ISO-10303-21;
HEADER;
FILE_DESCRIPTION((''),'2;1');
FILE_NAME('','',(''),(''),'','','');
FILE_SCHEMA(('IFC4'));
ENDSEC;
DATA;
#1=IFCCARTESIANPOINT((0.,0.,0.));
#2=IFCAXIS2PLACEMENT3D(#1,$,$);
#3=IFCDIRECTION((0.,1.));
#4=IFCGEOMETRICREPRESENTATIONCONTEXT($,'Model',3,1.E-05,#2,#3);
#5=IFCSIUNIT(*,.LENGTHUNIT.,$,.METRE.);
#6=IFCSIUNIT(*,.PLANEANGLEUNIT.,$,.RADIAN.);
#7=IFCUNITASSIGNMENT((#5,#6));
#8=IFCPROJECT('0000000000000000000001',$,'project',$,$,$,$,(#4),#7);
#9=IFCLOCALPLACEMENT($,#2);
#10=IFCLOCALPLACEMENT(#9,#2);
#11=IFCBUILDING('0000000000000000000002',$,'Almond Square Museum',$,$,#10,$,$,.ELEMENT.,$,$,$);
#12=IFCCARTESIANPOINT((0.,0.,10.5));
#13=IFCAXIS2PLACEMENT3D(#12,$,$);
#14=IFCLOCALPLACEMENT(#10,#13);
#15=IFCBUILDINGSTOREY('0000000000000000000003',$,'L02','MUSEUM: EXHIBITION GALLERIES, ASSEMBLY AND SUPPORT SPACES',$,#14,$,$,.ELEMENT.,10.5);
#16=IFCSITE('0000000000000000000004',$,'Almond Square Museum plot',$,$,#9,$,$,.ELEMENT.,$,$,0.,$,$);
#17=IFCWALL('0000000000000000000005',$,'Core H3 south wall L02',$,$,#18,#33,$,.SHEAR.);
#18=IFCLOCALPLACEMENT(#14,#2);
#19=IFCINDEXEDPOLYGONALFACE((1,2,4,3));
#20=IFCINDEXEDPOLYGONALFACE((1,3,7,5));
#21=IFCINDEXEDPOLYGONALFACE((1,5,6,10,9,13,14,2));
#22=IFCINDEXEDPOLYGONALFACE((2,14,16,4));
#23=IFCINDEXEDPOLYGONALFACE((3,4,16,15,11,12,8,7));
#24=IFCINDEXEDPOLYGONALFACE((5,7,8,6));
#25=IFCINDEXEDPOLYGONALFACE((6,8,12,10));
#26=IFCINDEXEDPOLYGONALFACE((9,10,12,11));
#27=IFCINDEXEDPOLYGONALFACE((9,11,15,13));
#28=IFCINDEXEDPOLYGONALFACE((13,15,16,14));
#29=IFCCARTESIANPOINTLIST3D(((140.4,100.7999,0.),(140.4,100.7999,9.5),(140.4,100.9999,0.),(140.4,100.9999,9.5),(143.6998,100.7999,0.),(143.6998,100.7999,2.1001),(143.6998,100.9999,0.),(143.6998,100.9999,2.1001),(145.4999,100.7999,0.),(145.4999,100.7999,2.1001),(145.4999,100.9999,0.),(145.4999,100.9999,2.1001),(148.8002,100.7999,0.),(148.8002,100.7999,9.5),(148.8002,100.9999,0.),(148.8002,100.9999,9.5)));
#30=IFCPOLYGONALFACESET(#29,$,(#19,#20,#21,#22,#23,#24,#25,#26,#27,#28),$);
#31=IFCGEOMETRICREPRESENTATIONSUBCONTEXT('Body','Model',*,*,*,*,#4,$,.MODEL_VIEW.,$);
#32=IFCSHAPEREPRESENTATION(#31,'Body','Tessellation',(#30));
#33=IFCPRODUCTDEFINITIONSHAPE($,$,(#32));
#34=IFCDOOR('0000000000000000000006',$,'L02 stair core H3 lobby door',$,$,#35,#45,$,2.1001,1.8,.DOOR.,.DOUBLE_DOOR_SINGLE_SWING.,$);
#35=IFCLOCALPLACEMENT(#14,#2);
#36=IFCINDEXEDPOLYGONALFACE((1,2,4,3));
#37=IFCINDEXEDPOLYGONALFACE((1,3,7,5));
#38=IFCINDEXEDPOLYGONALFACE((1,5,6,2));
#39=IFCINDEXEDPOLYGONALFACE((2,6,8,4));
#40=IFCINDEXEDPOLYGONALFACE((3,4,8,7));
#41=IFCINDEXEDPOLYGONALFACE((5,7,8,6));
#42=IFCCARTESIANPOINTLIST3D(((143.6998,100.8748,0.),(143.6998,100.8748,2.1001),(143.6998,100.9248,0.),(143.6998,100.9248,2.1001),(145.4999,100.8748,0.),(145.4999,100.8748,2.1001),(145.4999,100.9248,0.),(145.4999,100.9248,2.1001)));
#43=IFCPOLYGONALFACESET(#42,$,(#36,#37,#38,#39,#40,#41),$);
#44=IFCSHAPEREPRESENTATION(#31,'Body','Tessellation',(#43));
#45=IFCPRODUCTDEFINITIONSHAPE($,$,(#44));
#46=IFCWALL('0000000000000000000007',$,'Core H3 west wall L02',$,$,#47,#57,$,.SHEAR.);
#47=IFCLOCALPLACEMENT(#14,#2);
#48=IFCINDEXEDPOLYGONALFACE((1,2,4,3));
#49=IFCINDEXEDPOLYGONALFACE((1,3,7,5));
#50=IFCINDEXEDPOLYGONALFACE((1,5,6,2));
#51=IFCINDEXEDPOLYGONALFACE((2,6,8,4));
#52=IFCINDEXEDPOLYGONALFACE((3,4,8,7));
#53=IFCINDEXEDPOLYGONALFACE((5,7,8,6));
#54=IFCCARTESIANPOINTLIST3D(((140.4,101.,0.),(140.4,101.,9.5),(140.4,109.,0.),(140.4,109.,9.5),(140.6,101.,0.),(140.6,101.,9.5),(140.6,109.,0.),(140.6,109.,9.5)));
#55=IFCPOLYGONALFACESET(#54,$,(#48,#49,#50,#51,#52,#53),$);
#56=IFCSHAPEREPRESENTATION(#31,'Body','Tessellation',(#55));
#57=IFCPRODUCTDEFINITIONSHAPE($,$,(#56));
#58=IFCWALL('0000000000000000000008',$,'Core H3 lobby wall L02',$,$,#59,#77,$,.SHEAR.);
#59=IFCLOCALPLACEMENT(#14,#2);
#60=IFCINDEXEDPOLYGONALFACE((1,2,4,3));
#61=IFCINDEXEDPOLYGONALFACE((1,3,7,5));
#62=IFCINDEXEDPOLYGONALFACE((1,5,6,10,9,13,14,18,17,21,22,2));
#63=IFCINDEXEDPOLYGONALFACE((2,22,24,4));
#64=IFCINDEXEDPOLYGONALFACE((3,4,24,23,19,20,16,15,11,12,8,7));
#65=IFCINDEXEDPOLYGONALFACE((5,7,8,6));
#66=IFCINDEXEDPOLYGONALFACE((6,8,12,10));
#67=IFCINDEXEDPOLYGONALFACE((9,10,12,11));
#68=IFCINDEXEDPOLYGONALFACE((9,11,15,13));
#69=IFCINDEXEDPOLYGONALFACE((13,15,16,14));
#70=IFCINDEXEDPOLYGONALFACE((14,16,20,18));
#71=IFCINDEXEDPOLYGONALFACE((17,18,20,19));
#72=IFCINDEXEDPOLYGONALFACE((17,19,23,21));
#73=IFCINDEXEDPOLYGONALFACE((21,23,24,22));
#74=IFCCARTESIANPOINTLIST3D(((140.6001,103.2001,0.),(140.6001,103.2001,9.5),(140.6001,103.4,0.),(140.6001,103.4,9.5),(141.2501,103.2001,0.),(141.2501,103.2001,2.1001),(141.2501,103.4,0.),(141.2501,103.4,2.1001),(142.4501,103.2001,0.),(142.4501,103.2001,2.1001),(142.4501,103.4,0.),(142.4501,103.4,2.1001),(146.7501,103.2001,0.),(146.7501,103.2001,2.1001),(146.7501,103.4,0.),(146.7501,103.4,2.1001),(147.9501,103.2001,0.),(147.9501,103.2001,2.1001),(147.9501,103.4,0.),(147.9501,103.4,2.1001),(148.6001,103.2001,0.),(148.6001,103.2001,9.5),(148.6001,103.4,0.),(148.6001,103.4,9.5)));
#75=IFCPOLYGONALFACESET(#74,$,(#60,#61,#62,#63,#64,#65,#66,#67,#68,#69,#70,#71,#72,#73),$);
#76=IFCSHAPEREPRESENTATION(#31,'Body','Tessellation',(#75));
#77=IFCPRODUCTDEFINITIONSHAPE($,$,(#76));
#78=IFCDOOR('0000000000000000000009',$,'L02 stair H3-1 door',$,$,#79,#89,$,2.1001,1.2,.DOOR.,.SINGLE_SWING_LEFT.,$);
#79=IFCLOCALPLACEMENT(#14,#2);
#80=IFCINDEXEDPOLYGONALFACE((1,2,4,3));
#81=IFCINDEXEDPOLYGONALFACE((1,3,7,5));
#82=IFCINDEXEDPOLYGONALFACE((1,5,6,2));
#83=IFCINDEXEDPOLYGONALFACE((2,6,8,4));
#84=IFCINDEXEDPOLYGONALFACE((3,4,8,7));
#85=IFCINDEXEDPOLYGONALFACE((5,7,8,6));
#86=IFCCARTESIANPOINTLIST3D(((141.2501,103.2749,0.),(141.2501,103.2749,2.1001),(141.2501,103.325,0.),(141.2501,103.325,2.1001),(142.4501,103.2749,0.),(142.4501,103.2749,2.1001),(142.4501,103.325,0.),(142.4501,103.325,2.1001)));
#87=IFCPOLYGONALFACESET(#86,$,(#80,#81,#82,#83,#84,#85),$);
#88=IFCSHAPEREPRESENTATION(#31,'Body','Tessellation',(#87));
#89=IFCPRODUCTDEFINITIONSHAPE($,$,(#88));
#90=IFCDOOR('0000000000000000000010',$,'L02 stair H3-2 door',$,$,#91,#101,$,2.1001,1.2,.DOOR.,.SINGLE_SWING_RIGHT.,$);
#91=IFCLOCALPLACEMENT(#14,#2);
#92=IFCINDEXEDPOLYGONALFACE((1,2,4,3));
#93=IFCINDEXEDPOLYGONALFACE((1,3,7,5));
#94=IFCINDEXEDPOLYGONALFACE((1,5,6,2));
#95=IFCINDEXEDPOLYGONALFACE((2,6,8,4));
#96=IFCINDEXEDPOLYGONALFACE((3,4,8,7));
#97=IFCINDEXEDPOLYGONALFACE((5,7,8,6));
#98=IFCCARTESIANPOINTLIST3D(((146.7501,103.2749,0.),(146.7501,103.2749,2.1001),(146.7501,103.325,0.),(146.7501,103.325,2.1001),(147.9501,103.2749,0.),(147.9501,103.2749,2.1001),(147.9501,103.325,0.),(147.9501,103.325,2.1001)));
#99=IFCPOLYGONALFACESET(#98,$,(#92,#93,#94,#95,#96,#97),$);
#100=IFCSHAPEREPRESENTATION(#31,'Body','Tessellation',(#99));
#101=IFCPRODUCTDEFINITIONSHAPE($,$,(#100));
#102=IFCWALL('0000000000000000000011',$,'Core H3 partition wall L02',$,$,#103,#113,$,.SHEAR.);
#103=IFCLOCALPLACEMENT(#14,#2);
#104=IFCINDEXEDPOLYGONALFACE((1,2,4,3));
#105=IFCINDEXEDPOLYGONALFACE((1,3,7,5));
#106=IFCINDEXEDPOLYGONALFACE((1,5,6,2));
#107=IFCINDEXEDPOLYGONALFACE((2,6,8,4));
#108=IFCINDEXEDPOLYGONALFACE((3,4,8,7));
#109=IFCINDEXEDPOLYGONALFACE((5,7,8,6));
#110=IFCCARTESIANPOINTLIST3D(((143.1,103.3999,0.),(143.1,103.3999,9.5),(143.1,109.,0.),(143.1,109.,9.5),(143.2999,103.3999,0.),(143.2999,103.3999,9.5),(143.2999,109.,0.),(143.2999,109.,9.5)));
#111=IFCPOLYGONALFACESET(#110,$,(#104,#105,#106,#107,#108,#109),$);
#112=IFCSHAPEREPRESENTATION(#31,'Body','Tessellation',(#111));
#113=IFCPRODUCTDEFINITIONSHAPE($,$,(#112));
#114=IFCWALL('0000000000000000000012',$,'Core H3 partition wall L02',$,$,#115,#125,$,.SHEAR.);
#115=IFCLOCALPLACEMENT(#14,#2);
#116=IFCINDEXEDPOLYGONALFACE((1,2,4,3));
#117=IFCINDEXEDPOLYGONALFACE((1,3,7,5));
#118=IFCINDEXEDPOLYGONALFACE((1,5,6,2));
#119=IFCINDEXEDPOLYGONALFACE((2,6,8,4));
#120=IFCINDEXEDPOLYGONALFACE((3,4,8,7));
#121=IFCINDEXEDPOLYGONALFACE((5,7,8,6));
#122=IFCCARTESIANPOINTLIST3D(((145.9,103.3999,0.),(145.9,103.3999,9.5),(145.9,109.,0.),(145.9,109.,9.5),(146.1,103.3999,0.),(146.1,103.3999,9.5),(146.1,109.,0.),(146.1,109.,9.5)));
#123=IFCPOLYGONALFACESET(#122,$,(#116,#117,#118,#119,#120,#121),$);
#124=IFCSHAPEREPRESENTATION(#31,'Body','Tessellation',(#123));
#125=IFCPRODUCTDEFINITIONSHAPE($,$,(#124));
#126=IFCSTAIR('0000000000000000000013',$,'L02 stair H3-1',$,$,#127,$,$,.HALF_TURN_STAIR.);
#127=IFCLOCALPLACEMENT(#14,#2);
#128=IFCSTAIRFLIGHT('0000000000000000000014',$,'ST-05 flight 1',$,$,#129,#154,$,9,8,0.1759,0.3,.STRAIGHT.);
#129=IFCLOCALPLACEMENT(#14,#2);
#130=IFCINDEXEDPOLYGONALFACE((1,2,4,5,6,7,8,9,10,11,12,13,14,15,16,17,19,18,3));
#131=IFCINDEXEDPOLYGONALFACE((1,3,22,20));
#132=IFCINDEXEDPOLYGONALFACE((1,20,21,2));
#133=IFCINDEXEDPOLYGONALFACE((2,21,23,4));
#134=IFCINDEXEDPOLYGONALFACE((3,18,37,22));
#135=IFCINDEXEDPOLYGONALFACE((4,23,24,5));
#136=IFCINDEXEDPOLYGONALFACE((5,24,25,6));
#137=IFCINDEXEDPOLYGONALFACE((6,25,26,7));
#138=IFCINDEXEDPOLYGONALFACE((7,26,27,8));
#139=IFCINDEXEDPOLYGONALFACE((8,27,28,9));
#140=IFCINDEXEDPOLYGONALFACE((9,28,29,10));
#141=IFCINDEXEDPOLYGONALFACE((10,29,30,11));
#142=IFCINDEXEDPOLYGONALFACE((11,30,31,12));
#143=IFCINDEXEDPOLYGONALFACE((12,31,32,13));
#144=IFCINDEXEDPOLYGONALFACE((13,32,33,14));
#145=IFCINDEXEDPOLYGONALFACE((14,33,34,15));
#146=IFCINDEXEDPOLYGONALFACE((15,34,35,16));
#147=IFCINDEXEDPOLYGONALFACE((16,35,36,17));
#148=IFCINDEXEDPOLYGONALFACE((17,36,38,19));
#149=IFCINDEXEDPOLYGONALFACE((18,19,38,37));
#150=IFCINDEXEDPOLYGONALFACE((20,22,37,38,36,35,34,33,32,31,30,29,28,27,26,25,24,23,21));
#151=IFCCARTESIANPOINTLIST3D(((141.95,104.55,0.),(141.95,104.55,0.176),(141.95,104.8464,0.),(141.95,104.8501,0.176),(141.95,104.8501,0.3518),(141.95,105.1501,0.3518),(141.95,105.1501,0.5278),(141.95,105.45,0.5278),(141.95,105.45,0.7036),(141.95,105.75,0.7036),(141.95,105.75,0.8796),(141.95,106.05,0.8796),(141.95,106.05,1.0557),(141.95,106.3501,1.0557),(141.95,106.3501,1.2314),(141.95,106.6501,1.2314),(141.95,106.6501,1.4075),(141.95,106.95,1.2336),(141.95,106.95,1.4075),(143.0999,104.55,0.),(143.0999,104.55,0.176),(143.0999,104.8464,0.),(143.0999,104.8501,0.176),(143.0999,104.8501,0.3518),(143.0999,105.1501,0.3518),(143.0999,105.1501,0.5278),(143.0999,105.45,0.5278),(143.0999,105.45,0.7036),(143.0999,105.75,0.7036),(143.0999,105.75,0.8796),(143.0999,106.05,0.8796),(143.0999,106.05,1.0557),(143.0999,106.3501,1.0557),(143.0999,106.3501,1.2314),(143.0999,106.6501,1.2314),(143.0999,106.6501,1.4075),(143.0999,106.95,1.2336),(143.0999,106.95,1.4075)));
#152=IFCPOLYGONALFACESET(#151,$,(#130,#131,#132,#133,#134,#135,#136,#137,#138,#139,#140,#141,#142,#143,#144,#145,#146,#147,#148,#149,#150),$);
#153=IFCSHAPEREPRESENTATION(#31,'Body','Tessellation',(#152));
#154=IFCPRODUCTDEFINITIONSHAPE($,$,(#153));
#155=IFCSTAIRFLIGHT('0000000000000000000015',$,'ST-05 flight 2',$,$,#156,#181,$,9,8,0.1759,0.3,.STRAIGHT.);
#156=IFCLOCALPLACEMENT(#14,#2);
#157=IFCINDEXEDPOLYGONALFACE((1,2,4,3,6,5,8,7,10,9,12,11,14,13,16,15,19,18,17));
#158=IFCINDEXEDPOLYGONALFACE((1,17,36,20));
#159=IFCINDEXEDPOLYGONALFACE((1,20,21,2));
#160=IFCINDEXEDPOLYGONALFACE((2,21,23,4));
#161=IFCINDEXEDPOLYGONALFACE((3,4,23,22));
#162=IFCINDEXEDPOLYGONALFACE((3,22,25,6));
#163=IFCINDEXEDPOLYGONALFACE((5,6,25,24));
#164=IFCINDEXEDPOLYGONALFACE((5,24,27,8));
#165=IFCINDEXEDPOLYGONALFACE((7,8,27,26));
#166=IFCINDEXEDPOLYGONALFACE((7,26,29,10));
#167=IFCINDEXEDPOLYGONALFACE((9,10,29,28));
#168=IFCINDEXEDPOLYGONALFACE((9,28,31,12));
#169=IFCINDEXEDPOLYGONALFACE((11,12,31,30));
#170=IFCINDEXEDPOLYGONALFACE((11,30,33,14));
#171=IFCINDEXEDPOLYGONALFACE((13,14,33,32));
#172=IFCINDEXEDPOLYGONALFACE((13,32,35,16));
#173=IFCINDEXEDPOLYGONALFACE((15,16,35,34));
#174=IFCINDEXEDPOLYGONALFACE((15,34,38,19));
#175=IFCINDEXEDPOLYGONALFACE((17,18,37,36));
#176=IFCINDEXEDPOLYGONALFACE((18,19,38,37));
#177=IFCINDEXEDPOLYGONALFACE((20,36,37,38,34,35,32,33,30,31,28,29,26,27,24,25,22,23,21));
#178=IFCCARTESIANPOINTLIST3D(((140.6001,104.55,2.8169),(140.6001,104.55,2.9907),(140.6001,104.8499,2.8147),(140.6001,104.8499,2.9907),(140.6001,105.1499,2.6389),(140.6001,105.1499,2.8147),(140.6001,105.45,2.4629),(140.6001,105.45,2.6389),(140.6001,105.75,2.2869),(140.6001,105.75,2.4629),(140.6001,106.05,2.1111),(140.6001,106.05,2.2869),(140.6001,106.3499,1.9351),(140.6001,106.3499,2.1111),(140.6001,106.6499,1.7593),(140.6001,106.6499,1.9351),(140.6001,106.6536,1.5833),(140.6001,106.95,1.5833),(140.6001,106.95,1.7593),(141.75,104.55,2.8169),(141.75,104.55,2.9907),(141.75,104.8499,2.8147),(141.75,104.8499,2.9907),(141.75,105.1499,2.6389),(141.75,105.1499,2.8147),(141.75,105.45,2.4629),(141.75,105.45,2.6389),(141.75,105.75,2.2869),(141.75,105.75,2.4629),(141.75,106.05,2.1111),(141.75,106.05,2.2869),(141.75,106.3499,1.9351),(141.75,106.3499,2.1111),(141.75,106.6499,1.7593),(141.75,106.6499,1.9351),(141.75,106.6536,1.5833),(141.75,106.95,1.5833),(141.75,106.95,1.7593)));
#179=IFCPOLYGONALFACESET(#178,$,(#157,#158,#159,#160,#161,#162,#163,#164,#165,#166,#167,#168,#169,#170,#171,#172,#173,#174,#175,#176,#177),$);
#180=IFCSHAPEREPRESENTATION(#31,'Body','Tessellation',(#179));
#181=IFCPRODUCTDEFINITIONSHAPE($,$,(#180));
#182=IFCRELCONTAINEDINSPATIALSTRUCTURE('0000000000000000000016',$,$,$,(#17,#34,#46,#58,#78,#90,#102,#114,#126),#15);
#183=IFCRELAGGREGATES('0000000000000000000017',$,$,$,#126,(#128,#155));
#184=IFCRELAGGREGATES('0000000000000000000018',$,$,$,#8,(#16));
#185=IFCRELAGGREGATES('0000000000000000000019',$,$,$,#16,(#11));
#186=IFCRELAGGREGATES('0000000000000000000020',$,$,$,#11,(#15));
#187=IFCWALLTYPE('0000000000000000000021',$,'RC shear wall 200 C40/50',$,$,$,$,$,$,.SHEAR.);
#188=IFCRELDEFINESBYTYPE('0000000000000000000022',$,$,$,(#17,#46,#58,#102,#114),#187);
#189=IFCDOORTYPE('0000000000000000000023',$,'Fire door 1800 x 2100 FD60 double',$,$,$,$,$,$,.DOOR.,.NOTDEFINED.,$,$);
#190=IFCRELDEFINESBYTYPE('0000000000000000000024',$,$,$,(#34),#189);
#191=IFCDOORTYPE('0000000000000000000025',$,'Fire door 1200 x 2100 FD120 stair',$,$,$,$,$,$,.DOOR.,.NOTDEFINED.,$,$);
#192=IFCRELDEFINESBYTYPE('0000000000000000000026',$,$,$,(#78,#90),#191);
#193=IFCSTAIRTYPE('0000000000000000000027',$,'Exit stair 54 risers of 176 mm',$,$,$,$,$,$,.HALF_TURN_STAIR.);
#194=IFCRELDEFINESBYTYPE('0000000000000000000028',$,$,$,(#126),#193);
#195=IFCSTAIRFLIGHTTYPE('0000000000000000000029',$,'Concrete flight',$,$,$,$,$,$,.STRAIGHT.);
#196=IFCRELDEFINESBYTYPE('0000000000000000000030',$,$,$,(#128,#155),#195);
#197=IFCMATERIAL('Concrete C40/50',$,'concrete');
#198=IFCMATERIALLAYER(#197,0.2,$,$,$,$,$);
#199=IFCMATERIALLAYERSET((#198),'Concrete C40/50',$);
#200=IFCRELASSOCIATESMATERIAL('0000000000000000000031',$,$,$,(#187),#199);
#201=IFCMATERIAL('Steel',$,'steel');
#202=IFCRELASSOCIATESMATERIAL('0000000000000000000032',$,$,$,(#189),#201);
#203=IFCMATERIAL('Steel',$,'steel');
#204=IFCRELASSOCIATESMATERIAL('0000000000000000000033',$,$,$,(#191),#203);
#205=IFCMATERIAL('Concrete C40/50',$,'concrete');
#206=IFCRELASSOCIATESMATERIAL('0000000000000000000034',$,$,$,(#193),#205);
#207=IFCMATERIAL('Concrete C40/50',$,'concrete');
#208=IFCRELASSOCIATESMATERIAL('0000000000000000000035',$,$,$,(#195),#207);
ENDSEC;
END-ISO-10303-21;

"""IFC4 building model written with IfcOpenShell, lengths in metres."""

from ifc_helpers import new_model, si_unit, direction, frame, frame_2d, origin, place, context, subcontext, project, spatial, polyline, rectangle, outline, extrude, material, layer, layer_set, type_object, element, fill, aggregate, save


model = new_model("IFC4")

# Units and contexts
model_context = context("Model", 3, precision=1e-05, world=origin(), true_north=direction((0.0, 1.0)))
body_context = subcontext(model_context, "Body", "Model", "MODEL_VIEW")
ifc_project = project(units=[si_unit("LENGTHUNIT", "METRE"), si_unit("PLANEANGLEUNIT", "RADIAN")], contexts=[model_context])

# Site, building, storey
site_placement = place(None, origin())
site = spatial("IfcSite", under=ifc_project, at=site_placement, Name="Almond Square Museum plot", CompositionType="ELEMENT", RefElevation=0.0)
building_placement = place(site_placement, origin())
building = spatial("IfcBuilding", under=site, at=building_placement, Name="Almond Square Museum", CompositionType="ELEMENT")
storey_placement = place(building_placement, frame((0.0, 0.0, 10.5)))
storey = spatial("IfcBuildingStorey", under=building, at=storey_placement, Name="L02", Description="MUSEUM: EXHIBITION GALLERIES, ASSEMBLY AND SUPPORT SPACES", CompositionType="ELEMENT", Elevation=10.5)

# Wall, opening, door
ifc_material_1 = material(Name="Concrete C40/50", Category="concrete")
ifc_layer = layer(ifc_material_1, 0.2)
ifc_layer_set = layer_set([ifc_layer], Name="Concrete C40/50")
wall_type = type_object("IfcWallType", Name="RC shear wall 200 C40/50", PredefinedType="SHEAR", material=ifc_layer_set)
wall_1_placement = place(storey_placement, frame((140.3999, 100.8999, 0.0), z_axis=(0.0, 0.0, 1.0), x_axis=(1.0, 0.0, 0.0)))
wall_1 = element("IfcWall", 1, at=wall_1_placement, inside=storey, type_object=wall_type, Name="Core H3 south wall L02", PredefinedType="SHEAR", context=body_context, shape_type="SweptSolid", body=[
    extrude(rectangle(XDim=8.4001, YDim=0.2, at=frame_2d((4.2002, 0.0))), origin(), (0.0, 0.0, 1.0), 9.5),
])
opening_1_placement = place(wall_1_placement, frame((3.3, 0.0, 0.0)))
opening_1 = element("IfcOpeningElement", 2, at=opening_1_placement, cuts=wall_1, PredefinedType="OPENING", context=body_context, shape_type="SweptSolid", body=[
    extrude(rectangle(XDim=1.8, YDim=2.1001, at=frame_2d((0.8999, 1.05))), frame((0.0, 0.1099, 0.0), z_axis=(0.0, -1.0, 0.0), x_axis=(1.0, 0.0, 0.0)), (0.0, 0.0, 1.0), 0.22),
])
ifc_material_2 = material(Name="Steel", Category="steel")
door_type_1 = type_object("IfcDoorType", Name="Fire door 1800 x 2100 FD60 double", OperationType="NOTDEFINED", PredefinedType="DOOR", material=ifc_material_2)
door_1_placement = place(opening_1_placement, origin())
door_1 = element("IfcDoor", 3, at=door_1_placement, inside=storey, type_object=door_type_1, Name="L02 stair core H3 lobby door", OperationType="DOUBLE_DOOR_SINGLE_SWING", OverallHeight=2.1001, OverallWidth=1.8, PredefinedType="DOOR", context=body_context, shape_type="SweptSolid", body=[
    extrude(rectangle(XDim=1.8, YDim=2.1001, at=frame_2d((0.8999, 1.05))), frame((0.0, 0.0249, 0.0), z_axis=(0.0, -1.0, 0.0), x_axis=(1.0, 0.0, 0.0)), (0.0, 0.0, 1.0), 0.05),
])
fill(opening_1, door_1)

# Wall
wall_2_placement = place(storey_placement, frame((140.5, 101.0, 0.0), z_axis=(0.0, 0.0, 1.0), x_axis=(0.0, 1.0, 0.0)))
element("IfcWall", 4, at=wall_2_placement, inside=storey, type_object=wall_type, Name="Core H3 west wall L02", PredefinedType="SHEAR", context=body_context, shape_type="SweptSolid", body=[
    extrude(rectangle(XDim=8.0, YDim=0.2, at=frame_2d((4.0, 0.0))), origin(), (0.0, 0.0, 1.0), 9.5),
])

# Wall, openings, doors
wall_3_placement = place(storey_placement, frame((140.6001, 103.3, 0.0), z_axis=(0.0, 0.0, 1.0), x_axis=(1.0, 0.0, 0.0)))
wall_3 = element("IfcWall", 5, at=wall_3_placement, inside=storey, type_object=wall_type, Name="Core H3 lobby wall L02", PredefinedType="SHEAR", context=body_context, shape_type="SweptSolid", body=[
    extrude(rectangle(XDim=8.0, YDim=0.2, at=frame_2d((4.0, 0.0))), origin(), (0.0, 0.0, 1.0), 9.5),
])
opening_2_placement = place(wall_3_placement, frame((0.6499, 0.0, 0.0)))
opening_2 = element("IfcOpeningElement", 6, at=opening_2_placement, cuts=wall_3, PredefinedType="OPENING", context=body_context, shape_type="SweptSolid", body=[
    extrude(rectangle(XDim=1.2, YDim=2.1001, at=frame_2d((0.6001, 1.05))), frame((0.0, 0.1099, 0.0), z_axis=(0.0, -1.0, 0.0), x_axis=(1.0, 0.0, 0.0)), (0.0, 0.0, 1.0), 0.22),
])
opening_3_placement = place(wall_3_placement, frame((6.1499, 0.0, 0.0)))
opening_3 = element("IfcOpeningElement", 7, at=opening_3_placement, cuts=wall_3, PredefinedType="OPENING", context=body_context, shape_type="SweptSolid", body=[
    extrude(rectangle(XDim=1.2, YDim=2.1001, at=frame_2d((0.6001, 1.05))), frame((0.0, 0.1099, 0.0), z_axis=(0.0, -1.0, 0.0), x_axis=(1.0, 0.0, 0.0)), (0.0, 0.0, 1.0), 0.22),
])
ifc_material_3 = material(Name="Steel", Category="steel")
door_type_2 = type_object("IfcDoorType", Name="Fire door 1200 x 2100 FD120 stair", OperationType="NOTDEFINED", PredefinedType="DOOR", material=ifc_material_3)
door_2_placement = place(opening_2_placement, origin())
door_2 = element("IfcDoor", 8, at=door_2_placement, inside=storey, type_object=door_type_2, Name="L02 stair H3-1 door", OperationType="SINGLE_SWING_LEFT", OverallHeight=2.1001, OverallWidth=1.2, PredefinedType="DOOR", context=body_context, shape_type="SweptSolid", body=[
    extrude(rectangle(XDim=1.2, YDim=2.1001, at=frame_2d((0.6001, 1.05))), frame((0.0, 0.0249, 0.0), z_axis=(0.0, -1.0, 0.0), x_axis=(1.0, 0.0, 0.0)), (0.0, 0.0, 1.0), 0.05),
])
fill(opening_2, door_2)
door_3_placement = place(opening_3_placement, origin())
door_3 = element("IfcDoor", 9, at=door_3_placement, inside=storey, type_object=door_type_2, Name="L02 stair H3-2 door", OperationType="SINGLE_SWING_RIGHT", OverallHeight=2.1001, OverallWidth=1.2, PredefinedType="DOOR", context=body_context, shape_type="SweptSolid", body=[
    extrude(rectangle(XDim=1.2, YDim=2.1001, at=frame_2d((0.6001, 1.05))), frame((0.0, 0.0249, 0.0), z_axis=(0.0, -1.0, 0.0), x_axis=(1.0, 0.0, 0.0)), (0.0, 0.0, 1.0), 0.05),
])
fill(opening_3, door_3)

# Walls
for number, where, z_axis, x_axis, name in (
    (10, (143.2, 103.3999, 0.0), (0.0, 0.0, 1.0), (0.0, 1.0, 0.0), "Core H3 partition wall L02"),
    (11, (146.0, 103.3999, 0.0), (0.0, 0.0, 1.0), (0.0, 1.0, 0.0), "Core H3 partition wall L02"),
):
    element("IfcWall", number, at=place(storey_placement, frame(where, z_axis=z_axis, x_axis=x_axis)), inside=storey, type_object=wall_type, Name=name, PredefinedType="SHEAR", context=body_context, shape_type="SweptSolid", body=[
        extrude(rectangle(XDim=5.6001, YDim=0.2, at=frame_2d((2.8, 0.0))), origin(), (0.0, 0.0, 1.0), 9.5),
    ])

# Stair, stair flights
ifc_material_4 = material(Name="Concrete C40/50", Category="concrete")
stair_type = type_object("IfcStairType", Name="Exit stair 54 risers of 176 mm", PredefinedType="HALF_TURN_STAIR", material=ifc_material_4)
stair_placement = place(storey_placement, origin())
stair = element("IfcStair", 12, at=stair_placement, inside=storey, type_object=stair_type, Name="L02 stair H3-1", PredefinedType="HALF_TURN_STAIR")
ifc_material_5 = material(Name="Concrete C40/50", Category="concrete")
stair_flight_type = type_object("IfcStairFlightType", Name="Concrete flight", PredefinedType="STRAIGHT", material=ifc_material_5)
stair_flight_1_placement = place(storey_placement, frame((142.5249, 104.55, 0.0), z_axis=(0.0, 0.0, 1.0), x_axis=(0.0, 1.0, 0.0)))
stair_flight_1 = element("IfcStairFlight", 13, at=stair_flight_1_placement, type_object=stair_flight_type, Name="ST-05 flight 1", NumberOfRisers=9, NumberOfTreads=8, PredefinedType="STRAIGHT", RiserHeight=0.1759, TreadLength=0.3, context=body_context, shape_type="SweptSolid", body=[
    extrude(outline(polyline([(0.0, 0.0), (0.0, 0.176), (0.3, 0.176), (0.3, 0.3518), (0.6001, 0.3518), (0.6001, 0.5278), (0.8999, 0.5278), (0.8999, 0.7036), (1.2, 0.7036), (1.2, 0.8796), (1.5, 0.8796), (1.5, 1.0557), (1.8, 1.0557), (1.8, 1.2314), (2.1001, 1.2314), (2.1001, 1.4075), (2.3999, 1.4075), (2.3999, 1.5833), (2.3999, 1.2336), (0.2964, 0.0), (0.0, 0.0)])), frame((0.0, 0.575, 0.0), z_axis=(0.0, -1.0, 0.0), x_axis=(1.0, 0.0, 0.0)), (0.0, 0.0, 1.0), 1.1499),
])
stair_flight_2_placement = place(storey_placement, frame((141.175, 106.95, 1.5833), z_axis=(0.0, 0.0, 1.0), x_axis=(0.0, -1.0, 0.0)))
stair_flight_2 = element("IfcStairFlight", 14, at=stair_flight_2_placement, type_object=stair_flight_type, Name="ST-05 flight 2", NumberOfRisers=9, NumberOfTreads=8, PredefinedType="STRAIGHT", RiserHeight=0.1759, TreadLength=0.3, context=body_context, shape_type="SweptSolid", body=[
    extrude(outline(polyline([(0.0, 0.0), (0.0, 0.176), (0.3, 0.176), (0.3, 0.3518), (0.6001, 0.3518), (0.6001, 0.5278), (0.8999, 0.5278), (0.8999, 0.7036), (1.2, 0.7036), (1.2, 0.8796), (1.5, 0.8796), (1.5, 1.0557), (1.8, 1.0557), (1.8, 1.2314), (2.1001, 1.2314), (2.1001, 1.4075), (2.3999, 1.4075), (2.3999, 1.5833), (2.3999, 1.2336), (0.2964, 0.0), (0.0, 0.0)])), frame((0.0, 0.575, 0.0), z_axis=(0.0, -1.0, 0.0), x_axis=(1.0, 0.0, 0.0)), (0.0, 0.0, 1.0), 1.1499),
])
aggregate(stair, [stair_flight_1, stair_flight_2])

save(model, "model.ifc")
